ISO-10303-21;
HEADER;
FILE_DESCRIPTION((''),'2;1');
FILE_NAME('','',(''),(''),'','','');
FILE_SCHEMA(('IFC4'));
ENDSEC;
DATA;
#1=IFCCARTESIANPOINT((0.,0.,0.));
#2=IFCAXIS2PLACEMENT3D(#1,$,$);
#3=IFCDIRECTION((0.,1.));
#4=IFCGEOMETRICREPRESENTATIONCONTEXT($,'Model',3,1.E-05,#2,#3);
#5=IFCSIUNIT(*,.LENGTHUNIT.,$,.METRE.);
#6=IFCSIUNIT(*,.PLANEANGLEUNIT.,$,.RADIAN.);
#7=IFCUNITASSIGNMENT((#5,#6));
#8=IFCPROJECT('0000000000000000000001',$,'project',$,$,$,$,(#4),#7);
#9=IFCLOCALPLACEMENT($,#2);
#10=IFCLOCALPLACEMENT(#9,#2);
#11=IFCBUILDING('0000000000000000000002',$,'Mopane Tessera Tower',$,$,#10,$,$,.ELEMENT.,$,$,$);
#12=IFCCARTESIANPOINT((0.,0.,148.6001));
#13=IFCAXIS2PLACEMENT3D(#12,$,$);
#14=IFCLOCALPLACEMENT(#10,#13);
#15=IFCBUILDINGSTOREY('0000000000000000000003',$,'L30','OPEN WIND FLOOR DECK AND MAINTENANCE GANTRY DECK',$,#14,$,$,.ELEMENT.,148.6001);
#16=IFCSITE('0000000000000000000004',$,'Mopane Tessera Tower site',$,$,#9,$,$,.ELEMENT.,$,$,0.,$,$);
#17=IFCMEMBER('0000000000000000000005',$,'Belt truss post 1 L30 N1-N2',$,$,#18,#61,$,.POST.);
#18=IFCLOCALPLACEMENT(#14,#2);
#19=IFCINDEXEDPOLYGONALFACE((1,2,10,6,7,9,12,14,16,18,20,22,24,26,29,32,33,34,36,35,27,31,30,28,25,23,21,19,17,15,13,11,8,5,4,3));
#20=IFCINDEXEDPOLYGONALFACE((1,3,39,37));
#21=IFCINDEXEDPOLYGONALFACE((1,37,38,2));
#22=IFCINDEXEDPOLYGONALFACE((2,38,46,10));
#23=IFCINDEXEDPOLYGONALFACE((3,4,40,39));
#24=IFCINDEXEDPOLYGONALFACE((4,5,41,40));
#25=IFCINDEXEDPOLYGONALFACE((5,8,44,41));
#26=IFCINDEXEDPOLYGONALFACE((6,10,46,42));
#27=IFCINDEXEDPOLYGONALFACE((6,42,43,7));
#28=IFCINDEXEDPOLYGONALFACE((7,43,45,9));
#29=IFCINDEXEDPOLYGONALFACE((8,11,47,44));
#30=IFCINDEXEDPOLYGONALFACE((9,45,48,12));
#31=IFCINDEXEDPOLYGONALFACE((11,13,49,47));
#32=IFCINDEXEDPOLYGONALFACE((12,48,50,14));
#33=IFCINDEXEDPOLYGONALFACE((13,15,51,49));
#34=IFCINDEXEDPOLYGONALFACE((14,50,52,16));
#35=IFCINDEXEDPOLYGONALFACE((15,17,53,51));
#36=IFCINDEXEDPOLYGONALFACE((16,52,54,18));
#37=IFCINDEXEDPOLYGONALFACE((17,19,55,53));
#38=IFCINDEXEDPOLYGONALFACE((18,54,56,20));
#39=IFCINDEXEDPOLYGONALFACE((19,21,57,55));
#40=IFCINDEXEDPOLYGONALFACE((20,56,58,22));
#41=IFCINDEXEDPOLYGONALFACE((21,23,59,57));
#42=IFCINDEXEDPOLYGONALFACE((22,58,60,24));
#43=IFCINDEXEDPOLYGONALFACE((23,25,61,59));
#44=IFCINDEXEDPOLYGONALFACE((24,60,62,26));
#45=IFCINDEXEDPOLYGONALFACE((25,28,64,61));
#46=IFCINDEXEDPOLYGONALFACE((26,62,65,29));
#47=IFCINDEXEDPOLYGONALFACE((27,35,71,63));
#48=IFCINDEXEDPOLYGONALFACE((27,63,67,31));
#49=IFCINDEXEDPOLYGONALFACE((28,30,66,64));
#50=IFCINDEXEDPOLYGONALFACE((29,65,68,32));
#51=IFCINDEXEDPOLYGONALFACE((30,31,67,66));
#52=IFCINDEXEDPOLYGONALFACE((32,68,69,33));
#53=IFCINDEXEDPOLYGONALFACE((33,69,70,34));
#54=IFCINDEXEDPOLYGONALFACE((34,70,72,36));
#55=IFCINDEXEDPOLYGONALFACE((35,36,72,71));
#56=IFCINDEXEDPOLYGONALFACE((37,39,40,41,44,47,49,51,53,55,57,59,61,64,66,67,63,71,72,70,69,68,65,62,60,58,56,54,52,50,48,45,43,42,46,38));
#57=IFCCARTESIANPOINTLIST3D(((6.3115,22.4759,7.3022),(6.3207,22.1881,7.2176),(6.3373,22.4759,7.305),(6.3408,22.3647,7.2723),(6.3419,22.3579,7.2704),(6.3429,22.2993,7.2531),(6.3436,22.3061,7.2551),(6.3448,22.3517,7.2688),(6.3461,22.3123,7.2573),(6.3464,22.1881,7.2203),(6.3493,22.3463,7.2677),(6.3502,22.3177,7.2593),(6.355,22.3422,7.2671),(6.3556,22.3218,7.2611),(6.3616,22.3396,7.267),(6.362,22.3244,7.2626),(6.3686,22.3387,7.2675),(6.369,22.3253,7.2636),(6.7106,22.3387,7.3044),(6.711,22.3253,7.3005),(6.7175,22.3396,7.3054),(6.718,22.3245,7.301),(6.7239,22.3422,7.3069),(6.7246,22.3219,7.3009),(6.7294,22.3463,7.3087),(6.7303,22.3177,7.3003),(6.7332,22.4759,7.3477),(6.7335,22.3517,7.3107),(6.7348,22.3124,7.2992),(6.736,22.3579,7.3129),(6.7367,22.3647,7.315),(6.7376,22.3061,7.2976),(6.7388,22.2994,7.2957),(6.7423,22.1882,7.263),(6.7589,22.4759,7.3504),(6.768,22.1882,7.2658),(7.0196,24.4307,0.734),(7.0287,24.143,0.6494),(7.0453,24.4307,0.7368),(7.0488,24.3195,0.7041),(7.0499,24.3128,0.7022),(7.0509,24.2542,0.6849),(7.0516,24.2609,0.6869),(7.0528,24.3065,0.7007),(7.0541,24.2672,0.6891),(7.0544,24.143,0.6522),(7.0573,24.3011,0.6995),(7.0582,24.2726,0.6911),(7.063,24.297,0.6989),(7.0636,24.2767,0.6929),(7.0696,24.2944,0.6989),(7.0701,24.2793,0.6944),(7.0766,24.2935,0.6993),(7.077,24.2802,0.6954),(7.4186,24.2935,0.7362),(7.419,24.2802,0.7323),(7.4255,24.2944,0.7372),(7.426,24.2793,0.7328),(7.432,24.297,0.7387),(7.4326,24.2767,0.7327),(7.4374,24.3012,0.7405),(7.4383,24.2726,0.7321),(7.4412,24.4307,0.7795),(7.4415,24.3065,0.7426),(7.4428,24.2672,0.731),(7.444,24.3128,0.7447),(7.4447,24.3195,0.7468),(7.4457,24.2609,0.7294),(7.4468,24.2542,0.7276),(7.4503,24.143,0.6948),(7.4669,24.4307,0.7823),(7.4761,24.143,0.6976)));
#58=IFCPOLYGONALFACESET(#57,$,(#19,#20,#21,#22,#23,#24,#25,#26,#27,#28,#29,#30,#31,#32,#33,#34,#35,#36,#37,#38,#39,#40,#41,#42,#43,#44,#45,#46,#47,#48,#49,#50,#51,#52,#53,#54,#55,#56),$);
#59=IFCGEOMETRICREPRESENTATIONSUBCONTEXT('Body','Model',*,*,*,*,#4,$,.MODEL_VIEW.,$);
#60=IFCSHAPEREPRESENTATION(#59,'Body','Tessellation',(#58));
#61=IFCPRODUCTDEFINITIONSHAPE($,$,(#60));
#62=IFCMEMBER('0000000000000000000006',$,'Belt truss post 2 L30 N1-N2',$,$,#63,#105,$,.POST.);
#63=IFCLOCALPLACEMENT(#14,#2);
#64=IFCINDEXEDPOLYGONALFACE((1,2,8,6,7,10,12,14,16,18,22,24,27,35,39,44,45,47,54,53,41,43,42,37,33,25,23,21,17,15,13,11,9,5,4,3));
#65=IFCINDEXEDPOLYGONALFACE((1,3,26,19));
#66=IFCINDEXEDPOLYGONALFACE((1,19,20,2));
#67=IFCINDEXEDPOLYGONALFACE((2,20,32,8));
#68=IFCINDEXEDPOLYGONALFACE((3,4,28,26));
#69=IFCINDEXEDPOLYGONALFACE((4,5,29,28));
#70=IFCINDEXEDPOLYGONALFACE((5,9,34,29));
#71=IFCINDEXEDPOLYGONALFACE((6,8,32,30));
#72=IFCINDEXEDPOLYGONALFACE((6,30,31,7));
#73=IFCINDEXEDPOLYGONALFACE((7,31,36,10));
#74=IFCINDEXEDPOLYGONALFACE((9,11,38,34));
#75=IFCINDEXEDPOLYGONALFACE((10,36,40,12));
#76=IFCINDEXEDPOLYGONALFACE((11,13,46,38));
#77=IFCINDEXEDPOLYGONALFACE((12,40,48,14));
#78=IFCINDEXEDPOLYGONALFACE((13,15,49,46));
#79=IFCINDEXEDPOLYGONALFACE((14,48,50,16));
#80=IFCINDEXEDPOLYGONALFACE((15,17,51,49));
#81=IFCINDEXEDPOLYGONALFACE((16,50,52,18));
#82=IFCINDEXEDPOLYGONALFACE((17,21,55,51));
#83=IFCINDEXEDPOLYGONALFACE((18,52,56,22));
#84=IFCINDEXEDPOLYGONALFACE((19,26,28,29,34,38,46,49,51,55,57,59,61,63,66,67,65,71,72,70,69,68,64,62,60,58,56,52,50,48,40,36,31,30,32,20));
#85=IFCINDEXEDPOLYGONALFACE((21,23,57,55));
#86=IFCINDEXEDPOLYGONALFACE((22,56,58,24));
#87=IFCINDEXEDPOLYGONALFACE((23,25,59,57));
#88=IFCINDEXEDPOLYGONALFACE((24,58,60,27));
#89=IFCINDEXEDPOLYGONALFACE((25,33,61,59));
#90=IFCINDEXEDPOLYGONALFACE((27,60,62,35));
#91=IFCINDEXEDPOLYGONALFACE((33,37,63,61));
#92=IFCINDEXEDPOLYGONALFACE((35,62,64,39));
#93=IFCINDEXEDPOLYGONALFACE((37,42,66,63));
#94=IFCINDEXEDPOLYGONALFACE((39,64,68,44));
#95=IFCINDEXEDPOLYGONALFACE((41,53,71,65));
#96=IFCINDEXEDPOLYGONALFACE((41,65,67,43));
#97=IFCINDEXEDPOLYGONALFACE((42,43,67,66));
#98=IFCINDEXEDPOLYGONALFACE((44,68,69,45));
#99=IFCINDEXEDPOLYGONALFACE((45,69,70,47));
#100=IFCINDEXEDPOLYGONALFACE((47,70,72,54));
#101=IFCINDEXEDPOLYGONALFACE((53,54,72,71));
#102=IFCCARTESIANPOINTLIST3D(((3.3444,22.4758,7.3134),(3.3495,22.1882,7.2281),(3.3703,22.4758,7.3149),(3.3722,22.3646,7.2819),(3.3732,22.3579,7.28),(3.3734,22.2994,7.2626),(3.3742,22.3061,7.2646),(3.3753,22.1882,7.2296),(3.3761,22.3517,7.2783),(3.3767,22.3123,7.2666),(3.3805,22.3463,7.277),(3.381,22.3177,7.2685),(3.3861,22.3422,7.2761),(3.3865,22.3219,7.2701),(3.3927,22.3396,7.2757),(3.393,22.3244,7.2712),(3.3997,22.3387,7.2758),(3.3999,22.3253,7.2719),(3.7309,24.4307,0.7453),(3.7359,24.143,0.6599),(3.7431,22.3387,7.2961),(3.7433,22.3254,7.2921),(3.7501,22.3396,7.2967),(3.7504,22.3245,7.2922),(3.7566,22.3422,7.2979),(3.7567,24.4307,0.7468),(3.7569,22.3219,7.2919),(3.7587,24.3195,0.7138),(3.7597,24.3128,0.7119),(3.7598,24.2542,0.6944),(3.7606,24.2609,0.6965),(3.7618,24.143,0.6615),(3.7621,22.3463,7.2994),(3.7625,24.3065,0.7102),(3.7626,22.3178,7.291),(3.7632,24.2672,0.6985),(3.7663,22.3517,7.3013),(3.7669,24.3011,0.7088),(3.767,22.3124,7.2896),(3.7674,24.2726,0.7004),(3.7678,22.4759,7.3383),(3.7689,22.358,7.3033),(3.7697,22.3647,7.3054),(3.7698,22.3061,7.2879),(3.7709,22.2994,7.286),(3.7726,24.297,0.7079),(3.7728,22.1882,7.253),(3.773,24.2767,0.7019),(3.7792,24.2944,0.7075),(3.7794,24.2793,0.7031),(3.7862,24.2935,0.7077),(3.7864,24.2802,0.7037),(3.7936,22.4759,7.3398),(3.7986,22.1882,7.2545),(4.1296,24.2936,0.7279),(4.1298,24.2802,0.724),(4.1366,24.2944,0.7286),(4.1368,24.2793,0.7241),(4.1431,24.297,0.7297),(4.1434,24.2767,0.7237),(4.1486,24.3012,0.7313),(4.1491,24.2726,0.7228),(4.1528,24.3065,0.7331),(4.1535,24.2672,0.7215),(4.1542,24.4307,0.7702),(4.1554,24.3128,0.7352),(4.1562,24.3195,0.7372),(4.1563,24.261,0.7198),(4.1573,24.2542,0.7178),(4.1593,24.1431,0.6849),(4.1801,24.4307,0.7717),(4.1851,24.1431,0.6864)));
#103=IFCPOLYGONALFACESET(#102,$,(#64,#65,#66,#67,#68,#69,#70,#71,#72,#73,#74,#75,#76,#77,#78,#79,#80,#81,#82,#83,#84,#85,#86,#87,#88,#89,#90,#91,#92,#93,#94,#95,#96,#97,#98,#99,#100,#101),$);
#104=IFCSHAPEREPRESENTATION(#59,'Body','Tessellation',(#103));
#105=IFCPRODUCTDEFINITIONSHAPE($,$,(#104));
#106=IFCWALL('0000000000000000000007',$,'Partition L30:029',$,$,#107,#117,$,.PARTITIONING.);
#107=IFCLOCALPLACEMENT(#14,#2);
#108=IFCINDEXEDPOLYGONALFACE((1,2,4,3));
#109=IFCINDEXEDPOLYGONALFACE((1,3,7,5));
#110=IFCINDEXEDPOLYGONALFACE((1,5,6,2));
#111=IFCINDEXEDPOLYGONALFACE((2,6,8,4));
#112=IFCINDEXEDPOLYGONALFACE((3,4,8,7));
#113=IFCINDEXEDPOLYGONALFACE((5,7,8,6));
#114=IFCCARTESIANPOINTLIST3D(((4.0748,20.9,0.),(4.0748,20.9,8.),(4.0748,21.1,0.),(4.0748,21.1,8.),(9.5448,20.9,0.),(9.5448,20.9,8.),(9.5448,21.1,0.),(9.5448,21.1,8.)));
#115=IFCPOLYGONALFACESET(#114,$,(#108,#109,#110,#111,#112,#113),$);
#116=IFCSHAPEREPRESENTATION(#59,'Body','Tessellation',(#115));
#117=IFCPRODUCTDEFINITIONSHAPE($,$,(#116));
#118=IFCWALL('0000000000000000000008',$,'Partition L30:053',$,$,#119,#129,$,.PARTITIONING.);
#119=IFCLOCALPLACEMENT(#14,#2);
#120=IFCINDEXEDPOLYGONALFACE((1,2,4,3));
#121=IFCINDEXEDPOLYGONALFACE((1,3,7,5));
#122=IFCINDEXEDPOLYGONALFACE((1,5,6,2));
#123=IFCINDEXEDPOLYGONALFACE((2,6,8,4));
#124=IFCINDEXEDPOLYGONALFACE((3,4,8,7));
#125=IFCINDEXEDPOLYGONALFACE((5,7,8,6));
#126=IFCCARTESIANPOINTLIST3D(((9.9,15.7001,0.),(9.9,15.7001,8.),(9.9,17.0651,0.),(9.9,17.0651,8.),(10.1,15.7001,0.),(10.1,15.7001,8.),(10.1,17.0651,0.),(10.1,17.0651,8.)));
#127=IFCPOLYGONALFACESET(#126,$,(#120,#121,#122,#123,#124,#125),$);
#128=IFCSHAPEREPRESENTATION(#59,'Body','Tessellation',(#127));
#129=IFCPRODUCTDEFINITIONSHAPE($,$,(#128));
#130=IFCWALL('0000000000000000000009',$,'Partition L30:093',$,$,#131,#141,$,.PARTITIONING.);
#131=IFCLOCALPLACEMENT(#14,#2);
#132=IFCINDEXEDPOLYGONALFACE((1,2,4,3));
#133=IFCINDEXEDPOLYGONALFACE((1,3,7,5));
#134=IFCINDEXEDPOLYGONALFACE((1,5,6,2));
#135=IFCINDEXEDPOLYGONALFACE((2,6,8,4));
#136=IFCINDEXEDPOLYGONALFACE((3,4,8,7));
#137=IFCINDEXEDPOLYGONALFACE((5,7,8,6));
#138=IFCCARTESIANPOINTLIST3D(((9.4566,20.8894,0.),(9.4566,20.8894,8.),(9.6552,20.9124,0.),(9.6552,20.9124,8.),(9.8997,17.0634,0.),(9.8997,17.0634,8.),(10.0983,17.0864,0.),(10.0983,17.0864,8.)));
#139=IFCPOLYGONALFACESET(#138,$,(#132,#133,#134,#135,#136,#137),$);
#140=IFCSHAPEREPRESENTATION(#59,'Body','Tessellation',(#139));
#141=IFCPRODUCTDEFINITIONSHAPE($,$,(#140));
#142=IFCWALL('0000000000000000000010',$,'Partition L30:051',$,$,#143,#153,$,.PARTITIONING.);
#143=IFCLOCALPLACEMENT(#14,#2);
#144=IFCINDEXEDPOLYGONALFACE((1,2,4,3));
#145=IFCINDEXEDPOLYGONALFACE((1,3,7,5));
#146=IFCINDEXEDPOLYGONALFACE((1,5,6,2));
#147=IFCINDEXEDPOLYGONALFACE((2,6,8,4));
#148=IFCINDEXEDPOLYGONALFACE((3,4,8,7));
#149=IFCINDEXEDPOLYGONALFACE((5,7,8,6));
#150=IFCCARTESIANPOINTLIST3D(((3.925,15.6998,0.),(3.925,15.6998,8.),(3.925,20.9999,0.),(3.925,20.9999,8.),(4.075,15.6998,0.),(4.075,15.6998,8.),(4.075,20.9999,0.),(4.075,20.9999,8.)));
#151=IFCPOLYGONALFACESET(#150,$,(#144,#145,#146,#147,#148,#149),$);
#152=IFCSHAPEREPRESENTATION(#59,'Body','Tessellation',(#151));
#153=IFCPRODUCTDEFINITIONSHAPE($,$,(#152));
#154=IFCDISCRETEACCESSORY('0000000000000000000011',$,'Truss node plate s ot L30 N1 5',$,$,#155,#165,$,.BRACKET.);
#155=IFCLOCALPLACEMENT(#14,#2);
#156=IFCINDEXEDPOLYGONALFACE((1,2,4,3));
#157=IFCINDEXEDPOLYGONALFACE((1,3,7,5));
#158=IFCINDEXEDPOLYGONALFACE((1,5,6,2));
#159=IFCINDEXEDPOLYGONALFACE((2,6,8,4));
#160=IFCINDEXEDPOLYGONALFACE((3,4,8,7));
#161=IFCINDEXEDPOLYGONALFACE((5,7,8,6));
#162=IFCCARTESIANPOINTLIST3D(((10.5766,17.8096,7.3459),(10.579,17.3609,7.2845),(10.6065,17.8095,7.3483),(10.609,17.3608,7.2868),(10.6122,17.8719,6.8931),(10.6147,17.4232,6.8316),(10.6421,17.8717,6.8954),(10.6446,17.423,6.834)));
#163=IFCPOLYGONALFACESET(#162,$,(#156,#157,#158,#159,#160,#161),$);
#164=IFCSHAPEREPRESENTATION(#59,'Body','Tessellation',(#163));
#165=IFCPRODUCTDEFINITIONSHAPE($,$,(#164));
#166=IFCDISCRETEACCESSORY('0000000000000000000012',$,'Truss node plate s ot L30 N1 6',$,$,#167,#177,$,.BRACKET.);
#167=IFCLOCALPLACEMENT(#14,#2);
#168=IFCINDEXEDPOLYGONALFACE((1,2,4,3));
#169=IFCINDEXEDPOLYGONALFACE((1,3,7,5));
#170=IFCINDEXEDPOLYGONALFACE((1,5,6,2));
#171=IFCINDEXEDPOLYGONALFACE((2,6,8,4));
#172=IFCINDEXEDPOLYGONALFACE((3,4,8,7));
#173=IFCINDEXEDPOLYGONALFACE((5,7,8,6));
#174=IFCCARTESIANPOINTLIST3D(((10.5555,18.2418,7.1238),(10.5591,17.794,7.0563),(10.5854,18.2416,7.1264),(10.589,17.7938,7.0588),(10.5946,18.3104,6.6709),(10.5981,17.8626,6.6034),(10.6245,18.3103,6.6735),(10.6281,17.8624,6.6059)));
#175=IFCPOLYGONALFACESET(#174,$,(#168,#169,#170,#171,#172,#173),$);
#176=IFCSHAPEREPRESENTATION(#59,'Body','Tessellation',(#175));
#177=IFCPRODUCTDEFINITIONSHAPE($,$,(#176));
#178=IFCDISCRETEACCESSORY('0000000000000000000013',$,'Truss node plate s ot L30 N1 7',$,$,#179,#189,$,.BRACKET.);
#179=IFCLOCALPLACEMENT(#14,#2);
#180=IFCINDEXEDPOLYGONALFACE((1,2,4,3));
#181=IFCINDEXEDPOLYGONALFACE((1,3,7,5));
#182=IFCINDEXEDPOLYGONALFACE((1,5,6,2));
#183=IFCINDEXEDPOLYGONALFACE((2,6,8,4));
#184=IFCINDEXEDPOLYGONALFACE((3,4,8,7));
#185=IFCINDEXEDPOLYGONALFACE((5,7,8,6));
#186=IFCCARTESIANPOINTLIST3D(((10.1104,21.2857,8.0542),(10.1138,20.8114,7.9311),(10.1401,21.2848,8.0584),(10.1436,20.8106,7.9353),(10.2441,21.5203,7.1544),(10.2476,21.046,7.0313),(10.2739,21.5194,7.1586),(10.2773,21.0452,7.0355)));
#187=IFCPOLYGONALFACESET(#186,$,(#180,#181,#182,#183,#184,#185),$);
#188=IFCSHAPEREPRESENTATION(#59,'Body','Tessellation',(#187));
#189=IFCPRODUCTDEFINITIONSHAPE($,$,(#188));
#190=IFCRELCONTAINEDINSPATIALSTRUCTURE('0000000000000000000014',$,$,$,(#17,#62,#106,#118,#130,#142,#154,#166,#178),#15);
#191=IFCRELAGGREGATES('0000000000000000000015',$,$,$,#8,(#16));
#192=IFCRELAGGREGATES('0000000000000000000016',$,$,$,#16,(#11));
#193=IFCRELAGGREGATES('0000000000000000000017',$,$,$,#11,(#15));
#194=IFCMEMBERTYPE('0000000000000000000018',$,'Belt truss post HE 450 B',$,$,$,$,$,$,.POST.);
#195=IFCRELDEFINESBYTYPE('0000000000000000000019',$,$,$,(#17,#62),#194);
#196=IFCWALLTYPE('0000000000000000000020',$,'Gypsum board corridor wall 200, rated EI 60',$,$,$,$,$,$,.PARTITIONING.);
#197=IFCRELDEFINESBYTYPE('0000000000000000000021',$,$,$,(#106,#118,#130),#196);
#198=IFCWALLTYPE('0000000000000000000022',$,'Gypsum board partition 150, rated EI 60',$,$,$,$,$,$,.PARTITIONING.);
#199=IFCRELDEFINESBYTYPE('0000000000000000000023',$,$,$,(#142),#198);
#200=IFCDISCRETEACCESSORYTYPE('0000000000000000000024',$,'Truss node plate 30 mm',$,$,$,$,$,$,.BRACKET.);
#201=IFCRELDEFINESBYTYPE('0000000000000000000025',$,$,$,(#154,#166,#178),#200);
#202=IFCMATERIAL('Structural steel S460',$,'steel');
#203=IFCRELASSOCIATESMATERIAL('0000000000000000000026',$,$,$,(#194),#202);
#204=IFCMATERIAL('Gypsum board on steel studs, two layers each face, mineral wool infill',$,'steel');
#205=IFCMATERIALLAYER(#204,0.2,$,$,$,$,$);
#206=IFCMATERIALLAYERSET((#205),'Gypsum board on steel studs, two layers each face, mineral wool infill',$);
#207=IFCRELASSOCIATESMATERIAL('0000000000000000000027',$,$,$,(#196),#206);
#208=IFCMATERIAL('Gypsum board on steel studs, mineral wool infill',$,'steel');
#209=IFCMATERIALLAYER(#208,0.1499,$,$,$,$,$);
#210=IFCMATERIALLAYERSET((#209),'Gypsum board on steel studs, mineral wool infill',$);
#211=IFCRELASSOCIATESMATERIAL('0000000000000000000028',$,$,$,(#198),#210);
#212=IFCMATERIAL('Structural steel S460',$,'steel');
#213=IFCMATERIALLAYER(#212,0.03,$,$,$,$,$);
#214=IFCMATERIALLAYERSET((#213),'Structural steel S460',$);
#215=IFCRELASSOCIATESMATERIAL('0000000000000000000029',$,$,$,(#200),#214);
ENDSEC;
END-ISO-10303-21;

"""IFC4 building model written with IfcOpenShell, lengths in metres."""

from ifc_helpers import new_model, si_unit, direction, frame, frame_2d, origin, origin_2d, place, context, subcontext, project, spatial, rectangle, i_section, extrude, material, layer, layer_set, material_profile, profile_set, type_object, element, save


model = new_model("IFC4")

# Units and contexts
model_context = context("Model", 3, precision=1e-05, world=origin(), true_north=direction((0.0, 1.0)))
body_context = subcontext(model_context, "Body", "Model", "MODEL_VIEW")
ifc_project = project(units=[si_unit("LENGTHUNIT", "METRE"), si_unit("PLANEANGLEUNIT", "RADIAN")], contexts=[model_context])

# Site, building, storey
site_placement = place(None, origin())
site = spatial("IfcSite", under=ifc_project, at=site_placement, Name="Mopane Tessera Tower site", CompositionType="ELEMENT", RefElevation=0.0)
building_placement = place(site_placement, origin())
building = spatial("IfcBuilding", under=site, at=building_placement, Name="Mopane Tessera Tower", CompositionType="ELEMENT")
storey_placement = place(building_placement, frame((0.0, 0.0, 148.6001)))
storey = spatial("IfcBuildingStorey", under=building, at=storey_placement, Name="L30", Description="OPEN WIND FLOOR DECK AND MAINTENANCE GANTRY DECK", CompositionType="ELEMENT", Elevation=148.6001)

# Members
ifc_material_1 = material(Name="Structural steel S460", Category="steel")
ifc_material_profile_1 = material_profile(ifc_material_1, i_section(OverallWidth=0.3, OverallDepth=0.45, WebThickness=0.0139, FlangeThickness=0.0259, FilletRadius=0.0271, at=origin_2d()))
ifc_profile_set_1 = profile_set([ifc_material_profile_1], Name="Structural steel S460")
member_type_1 = type_object("IfcMemberType", Name="Belt truss post HE 450 B", PredefinedType="POST", material=ifc_profile_set_1)
member_1_placement = place(storey_placement, frame((7.2478, 24.2869, 0.7158), z_axis=(-0.102769, -0.283748, 0.953376), x_axis=(0.030456, -0.958899, -0.282109)))
element("IfcMember", 1, at=member_1_placement, inside=storey, type_object=member_type_1, Name="Belt truss post 1 L30 N1-N2", PredefinedType="POST", context=body_context, shape_type="SweptSolid", body=[
    extrude(i_section(OverallWidth=0.3, OverallDepth=0.45, WebThickness=0.0139, FlangeThickness=0.0259, FilletRadius=0.0271, at=origin_2d()), origin(), (0.0, 0.0, 1.0), 6.8894),
])
member_2_placement = place(storey_placement, frame((3.958, 24.2869, 0.7158), z_axis=(-0.056307, -0.284806, 0.95693), x_axis=(0.016845, -0.958585, -0.284308)))
element("IfcMember", 2, at=member_2_placement, inside=storey, type_object=member_type_1, Name="Belt truss post 2 L30 N1-N2", PredefinedType="POST", context=body_context, shape_type="SweptSolid", body=[
    extrude(i_section(OverallWidth=0.3, OverallDepth=0.45, WebThickness=0.0139, FlangeThickness=0.0259, FilletRadius=0.0271, at=origin_2d()), origin(), (0.0, 0.0, 1.0), 6.8638),
])

# Walls
ifc_material_2 = material(Name="Gypsum board on steel studs, two layers each face, mineral wool infill", Category="steel")
ifc_layer_1 = layer(ifc_material_2, 0.2)
ifc_layer_set_1 = layer_set([ifc_layer_1], Name="Gypsum board on steel studs, two layers each face, mineral wool infill")
wall_type_1 = type_object("IfcWallType", Name="Gypsum board corridor wall 200, rated EI 60", PredefinedType="PARTITIONING", material=ifc_layer_set_1)
wall_1_placement = place(storey_placement, frame((4.075, 21.0, 0.0), z_axis=(0.0, 0.0, 1.0), x_axis=(1.0, 0.0, 0.0)))
element("IfcWall", 3, at=wall_1_placement, inside=storey, type_object=wall_type_1, Name="Partition L30:029", PredefinedType="PARTITIONING", context=body_context, shape_type="SweptSolid", body=[
    extrude(rectangle(XDim=5.47, YDim=0.2, at=frame_2d((2.7349, 0.0))), origin(), (0.0, 0.0, 1.0), 8.0),
])
wall_2_placement = place(storey_placement, frame((10.0, 15.7, 0.0), z_axis=(0.0, 0.0, 1.0), x_axis=(0.0, 1.0, 0.0)))
element("IfcWall", 4, at=wall_2_placement, inside=storey, type_object=wall_type_1, Name="Partition L30:053", PredefinedType="PARTITIONING", context=body_context, shape_type="SweptSolid", body=[
    extrude(rectangle(XDim=1.365, YDim=0.2, at=frame_2d((0.6826, 0.0))), origin(), (0.0, 0.0, 1.0), 8.0),
])
wall_3_placement = place(storey_placement, frame((9.5559, 20.9009, 0.0), z_axis=(0.0, 0.0, 1.0), x_axis=(0.11505, -0.99336, 0.0)))
element("IfcWall", 5, at=wall_3_placement, inside=storey, type_object=wall_type_1, Name="Partition L30:093", PredefinedType="PARTITIONING", context=body_context, shape_type="SweptSolid", body=[
    extrude(rectangle(XDim=3.8516, YDim=0.2, at=frame_2d((1.9258, 0.0))), origin(), (0.0, 0.0, 1.0), 8.0),
])
ifc_material_3 = material(Name="Gypsum board on steel studs, mineral wool infill", Category="steel")
ifc_layer_2 = layer(ifc_material_3, 0.1499)
ifc_layer_set_2 = layer_set([ifc_layer_2], Name="Gypsum board on steel studs, mineral wool infill")
wall_type_2 = type_object("IfcWallType", Name="Gypsum board partition 150, rated EI 60", PredefinedType="PARTITIONING", material=ifc_layer_set_2)
wall_4_placement = place(storey_placement, frame((4.0, 15.7, 0.0), z_axis=(0.0, 0.0, 1.0), x_axis=(0.0, 1.0, 0.0)))
element("IfcWall", 6, at=wall_4_placement, inside=storey, type_object=wall_type_2, Name="Partition L30:051", PredefinedType="PARTITIONING", context=body_context, shape_type="SweptSolid", body=[
    extrude(rectangle(XDim=5.3, YDim=0.1499, at=frame_2d((2.6499, 0.0))), origin(), (0.0, 0.0, 1.0), 8.0),
])

# Discrete accessories
ifc_material_4 = material(Name="Structural steel S460", Category="steel")
ifc_layer_3 = layer(ifc_material_4, 0.03)
ifc_layer_set_3 = layer_set([ifc_layer_3], Name="Structural steel S460")
discrete_accessory_type = type_object("IfcDiscreteAccessoryType", Name="Truss node plate 30 mm", PredefinedType="BRACKET", material=ifc_layer_set_3)
discrete_accessory_1_placement = place(storey_placement, frame((10.6284, 17.6475, 6.8635), z_axis=(-0.077737, -0.135773, 0.987685), x_axis=(-0.996959, 0.005134, -0.077761)))
element("IfcDiscreteAccessory", 7, at=discrete_accessory_1_placement, inside=storey, type_object=discrete_accessory_type, Name="Truss node plate s ot L30 N1 5", PredefinedType="BRACKET", context=body_context, shape_type="SweptSolid", body=[
    extrude(rectangle(XDim=0.03, YDim=0.4529, at=origin_2d()), origin(), (0.0, 0.0, 1.0), 0.4585),
])
discrete_accessory_2_placement = place(storey_placement, frame((10.6113, 18.0864, 6.6384), z_axis=(-0.084972, -0.149232, 0.985144), x_axis=(-0.996352, 0.004929, -0.085192)))
element("IfcDiscreteAccessory", 8, at=discrete_accessory_2_placement, inside=storey, type_object=discrete_accessory_type, Name="Truss node plate s ot L30 N1 6", PredefinedType="BRACKET", context=body_context, shape_type="SweptSolid", body=[
    extrude(rectangle(XDim=0.03, YDim=0.4529, at=origin_2d()), origin(), (0.0, 0.0, 1.0), 0.4597),
])
discrete_accessory_3_placement = place(storey_placement, frame((10.2607, 21.2827, 7.095), z_axis=(-0.142396, -0.249712, 0.957793), x_axis=(-0.989785, 0.029003, -0.13959)))
element("IfcDiscreteAccessory", 9, at=discrete_accessory_3_placement, inside=storey, type_object=discrete_accessory_type, Name="Truss node plate s ot L30 N1 7", PredefinedType="BRACKET", context=body_context, shape_type="SweptSolid", body=[
    extrude(rectangle(XDim=0.03, YDim=0.49, at=origin_2d()), origin(), (0.0, 0.0, 1.0), 0.9395),
])

save(model, "model.ifc")
